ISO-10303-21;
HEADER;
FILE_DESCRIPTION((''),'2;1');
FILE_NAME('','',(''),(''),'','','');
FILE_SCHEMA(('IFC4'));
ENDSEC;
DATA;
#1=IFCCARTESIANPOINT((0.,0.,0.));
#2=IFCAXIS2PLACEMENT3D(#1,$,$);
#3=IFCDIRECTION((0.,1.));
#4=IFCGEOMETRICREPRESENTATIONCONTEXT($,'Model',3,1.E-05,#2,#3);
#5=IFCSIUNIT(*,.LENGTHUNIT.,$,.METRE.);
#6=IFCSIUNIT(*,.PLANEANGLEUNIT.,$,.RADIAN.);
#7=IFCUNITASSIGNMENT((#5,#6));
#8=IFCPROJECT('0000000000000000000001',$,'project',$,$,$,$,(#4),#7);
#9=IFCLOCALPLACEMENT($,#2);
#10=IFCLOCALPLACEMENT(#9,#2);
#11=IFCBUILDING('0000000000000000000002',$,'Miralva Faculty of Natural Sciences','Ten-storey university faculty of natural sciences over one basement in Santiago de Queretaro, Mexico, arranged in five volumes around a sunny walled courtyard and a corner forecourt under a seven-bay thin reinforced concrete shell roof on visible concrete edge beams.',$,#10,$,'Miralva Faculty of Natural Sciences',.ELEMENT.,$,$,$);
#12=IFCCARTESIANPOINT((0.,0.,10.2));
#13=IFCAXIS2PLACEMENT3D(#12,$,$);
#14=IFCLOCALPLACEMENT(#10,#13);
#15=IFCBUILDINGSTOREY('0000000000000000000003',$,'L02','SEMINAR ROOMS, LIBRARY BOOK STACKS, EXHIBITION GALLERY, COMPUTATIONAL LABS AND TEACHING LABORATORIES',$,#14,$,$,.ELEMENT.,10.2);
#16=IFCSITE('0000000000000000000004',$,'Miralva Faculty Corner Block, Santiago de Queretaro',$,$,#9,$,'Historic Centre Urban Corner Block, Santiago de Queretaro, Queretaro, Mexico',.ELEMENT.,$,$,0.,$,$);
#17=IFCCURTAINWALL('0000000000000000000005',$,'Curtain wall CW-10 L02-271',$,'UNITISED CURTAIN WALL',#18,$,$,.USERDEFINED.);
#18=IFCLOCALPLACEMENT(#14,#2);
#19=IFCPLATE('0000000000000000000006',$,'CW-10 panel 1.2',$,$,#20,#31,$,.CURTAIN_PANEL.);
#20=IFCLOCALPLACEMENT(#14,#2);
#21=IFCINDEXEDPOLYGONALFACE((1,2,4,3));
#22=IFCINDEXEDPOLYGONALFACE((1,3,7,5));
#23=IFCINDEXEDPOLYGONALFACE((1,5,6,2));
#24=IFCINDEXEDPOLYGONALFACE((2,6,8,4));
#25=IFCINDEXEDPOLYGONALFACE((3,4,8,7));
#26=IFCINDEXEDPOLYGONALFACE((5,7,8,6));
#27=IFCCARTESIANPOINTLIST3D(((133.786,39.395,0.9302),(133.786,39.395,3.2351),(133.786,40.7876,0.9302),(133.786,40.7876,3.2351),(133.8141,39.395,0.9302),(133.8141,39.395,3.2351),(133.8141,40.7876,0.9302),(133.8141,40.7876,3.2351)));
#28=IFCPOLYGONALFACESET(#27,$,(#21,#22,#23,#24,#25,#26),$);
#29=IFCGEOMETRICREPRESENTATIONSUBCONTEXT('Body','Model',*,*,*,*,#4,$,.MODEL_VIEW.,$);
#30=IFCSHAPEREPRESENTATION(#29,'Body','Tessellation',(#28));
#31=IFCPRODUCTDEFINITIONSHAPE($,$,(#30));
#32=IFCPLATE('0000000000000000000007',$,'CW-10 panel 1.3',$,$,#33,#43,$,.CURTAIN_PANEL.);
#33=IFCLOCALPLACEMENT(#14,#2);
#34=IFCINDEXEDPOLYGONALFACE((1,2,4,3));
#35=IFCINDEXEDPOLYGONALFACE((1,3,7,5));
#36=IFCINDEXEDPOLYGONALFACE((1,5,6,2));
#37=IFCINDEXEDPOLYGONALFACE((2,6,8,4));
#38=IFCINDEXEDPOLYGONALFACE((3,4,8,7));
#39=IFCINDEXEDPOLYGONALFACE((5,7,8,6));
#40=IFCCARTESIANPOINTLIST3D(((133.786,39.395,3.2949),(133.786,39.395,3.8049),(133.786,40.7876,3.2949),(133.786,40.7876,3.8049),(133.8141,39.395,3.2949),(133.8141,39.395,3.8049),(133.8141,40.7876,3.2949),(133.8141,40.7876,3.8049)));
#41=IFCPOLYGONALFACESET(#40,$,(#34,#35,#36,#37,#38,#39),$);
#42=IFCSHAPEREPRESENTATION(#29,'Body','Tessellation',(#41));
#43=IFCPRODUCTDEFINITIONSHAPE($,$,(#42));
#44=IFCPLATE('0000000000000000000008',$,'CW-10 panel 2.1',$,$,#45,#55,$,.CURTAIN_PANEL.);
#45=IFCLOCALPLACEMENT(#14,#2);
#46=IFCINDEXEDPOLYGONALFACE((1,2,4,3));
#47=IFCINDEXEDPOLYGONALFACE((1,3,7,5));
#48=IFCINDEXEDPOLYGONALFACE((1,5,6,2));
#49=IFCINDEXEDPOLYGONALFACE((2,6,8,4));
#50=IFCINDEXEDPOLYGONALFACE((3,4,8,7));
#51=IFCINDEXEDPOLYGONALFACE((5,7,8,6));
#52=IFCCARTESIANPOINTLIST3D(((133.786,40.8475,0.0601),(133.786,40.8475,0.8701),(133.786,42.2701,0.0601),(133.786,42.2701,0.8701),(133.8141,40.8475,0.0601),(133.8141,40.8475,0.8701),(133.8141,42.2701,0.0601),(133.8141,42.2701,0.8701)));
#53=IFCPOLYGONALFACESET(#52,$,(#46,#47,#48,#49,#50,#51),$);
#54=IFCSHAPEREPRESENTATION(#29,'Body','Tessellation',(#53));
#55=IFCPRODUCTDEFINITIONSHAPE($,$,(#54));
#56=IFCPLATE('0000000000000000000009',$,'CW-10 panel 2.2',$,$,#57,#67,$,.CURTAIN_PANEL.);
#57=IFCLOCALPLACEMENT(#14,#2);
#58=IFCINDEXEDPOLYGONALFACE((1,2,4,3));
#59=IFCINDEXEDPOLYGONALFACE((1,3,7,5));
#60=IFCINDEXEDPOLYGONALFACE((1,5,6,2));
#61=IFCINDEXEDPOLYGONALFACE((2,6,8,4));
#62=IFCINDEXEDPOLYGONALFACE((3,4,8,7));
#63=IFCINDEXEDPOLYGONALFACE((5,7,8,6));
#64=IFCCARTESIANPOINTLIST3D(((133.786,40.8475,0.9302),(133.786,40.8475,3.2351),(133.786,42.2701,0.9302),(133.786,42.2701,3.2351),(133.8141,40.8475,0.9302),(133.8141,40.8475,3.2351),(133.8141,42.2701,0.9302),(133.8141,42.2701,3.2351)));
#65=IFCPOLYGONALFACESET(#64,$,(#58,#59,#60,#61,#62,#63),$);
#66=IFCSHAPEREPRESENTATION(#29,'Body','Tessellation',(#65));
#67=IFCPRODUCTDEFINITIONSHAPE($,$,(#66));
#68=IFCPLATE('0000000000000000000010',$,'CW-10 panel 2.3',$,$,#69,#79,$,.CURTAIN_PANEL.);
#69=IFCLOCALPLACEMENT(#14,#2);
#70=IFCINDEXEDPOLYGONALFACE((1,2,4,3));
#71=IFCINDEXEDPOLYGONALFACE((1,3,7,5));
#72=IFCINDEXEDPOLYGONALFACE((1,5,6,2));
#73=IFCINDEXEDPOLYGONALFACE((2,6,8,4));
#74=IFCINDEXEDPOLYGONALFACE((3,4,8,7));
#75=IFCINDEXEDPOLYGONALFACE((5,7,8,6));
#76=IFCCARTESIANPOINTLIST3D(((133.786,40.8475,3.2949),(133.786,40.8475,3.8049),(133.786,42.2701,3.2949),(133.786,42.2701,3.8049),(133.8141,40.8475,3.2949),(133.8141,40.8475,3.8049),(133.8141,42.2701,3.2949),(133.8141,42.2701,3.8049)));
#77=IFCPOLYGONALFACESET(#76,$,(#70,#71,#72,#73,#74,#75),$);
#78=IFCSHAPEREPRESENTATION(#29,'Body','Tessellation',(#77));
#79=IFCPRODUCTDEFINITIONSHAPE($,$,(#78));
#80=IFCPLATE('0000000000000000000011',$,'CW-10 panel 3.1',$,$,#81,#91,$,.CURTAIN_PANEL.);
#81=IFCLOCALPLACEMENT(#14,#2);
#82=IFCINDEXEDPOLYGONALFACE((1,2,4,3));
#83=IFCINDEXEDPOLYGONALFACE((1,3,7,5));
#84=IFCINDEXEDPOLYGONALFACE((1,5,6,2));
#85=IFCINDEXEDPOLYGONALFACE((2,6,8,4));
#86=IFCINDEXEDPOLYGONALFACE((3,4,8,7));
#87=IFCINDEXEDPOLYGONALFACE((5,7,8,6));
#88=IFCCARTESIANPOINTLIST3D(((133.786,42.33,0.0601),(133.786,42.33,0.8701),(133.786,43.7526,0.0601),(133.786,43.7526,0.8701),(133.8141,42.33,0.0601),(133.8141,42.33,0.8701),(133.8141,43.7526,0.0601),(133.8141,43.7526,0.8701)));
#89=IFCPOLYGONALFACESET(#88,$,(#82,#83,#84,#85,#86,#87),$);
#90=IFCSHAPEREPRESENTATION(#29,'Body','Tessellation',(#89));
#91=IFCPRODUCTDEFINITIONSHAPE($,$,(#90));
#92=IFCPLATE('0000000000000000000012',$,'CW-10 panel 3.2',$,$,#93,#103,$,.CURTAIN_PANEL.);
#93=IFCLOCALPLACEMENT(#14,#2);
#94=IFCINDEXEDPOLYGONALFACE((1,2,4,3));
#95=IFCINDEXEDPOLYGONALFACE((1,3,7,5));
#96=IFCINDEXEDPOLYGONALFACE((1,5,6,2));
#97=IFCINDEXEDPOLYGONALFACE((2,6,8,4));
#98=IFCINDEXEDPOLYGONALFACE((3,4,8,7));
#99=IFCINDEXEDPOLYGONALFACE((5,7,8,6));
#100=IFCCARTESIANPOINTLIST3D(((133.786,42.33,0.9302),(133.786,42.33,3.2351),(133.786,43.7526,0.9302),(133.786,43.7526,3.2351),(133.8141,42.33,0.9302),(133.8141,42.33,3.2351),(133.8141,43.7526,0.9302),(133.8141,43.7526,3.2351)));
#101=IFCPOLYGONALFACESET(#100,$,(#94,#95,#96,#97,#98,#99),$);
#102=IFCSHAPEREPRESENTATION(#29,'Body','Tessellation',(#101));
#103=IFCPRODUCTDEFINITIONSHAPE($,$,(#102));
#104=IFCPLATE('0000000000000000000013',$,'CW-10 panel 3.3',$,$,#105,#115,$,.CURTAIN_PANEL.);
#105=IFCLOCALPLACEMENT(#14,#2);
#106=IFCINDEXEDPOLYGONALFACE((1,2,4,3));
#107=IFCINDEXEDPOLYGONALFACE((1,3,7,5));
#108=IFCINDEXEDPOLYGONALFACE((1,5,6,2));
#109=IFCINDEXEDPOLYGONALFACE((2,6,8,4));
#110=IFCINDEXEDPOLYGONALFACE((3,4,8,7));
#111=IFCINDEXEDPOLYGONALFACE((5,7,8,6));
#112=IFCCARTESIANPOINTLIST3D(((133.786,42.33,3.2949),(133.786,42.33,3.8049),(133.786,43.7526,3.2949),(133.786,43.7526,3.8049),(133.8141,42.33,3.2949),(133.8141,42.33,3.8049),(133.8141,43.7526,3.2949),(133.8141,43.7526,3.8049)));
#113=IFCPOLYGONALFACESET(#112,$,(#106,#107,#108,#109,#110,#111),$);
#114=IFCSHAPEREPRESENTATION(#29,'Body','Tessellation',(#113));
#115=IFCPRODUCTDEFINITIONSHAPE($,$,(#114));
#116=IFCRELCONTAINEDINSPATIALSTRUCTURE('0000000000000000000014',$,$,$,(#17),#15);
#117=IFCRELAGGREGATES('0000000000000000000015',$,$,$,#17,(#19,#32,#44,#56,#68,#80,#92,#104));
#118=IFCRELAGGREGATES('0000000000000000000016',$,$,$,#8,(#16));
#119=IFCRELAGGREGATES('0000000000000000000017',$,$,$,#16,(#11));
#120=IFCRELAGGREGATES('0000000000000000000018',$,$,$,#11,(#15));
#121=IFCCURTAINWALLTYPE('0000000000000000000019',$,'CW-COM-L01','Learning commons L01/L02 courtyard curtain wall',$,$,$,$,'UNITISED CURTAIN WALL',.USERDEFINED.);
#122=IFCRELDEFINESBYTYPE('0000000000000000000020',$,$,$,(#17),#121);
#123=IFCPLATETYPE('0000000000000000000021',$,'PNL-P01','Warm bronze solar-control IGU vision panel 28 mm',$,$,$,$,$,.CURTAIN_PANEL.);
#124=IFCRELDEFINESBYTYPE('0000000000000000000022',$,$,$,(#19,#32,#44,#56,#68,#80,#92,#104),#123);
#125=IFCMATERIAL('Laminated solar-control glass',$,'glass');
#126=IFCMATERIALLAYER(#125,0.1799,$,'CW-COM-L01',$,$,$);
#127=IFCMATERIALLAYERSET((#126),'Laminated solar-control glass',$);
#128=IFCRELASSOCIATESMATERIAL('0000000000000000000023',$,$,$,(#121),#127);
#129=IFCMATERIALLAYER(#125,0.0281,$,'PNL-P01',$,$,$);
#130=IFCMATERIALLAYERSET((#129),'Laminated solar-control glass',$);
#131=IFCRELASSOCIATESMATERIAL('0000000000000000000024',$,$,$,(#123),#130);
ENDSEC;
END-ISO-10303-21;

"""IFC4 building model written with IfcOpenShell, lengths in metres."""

from ifc_helpers import new_model, si_unit, direction, frame, origin, origin_2d, place, context, subcontext, project, spatial, rectangle, extrude, material, layer, layer_set, type_object, element, aggregate, save


model = new_model("IFC4")

# Units and contexts
model_context = context("Model", 3, precision=1e-05, world=origin(), true_north=direction((0.0, 1.0)))
body_context = subcontext(model_context, "Body", "Model", "MODEL_VIEW")
ifc_project = project(units=[si_unit("LENGTHUNIT", "METRE"), si_unit("PLANEANGLEUNIT", "RADIAN")], contexts=[model_context])

# Site, building, storey
site_placement = place(None, origin())
site = spatial("IfcSite", under=ifc_project, at=site_placement, Name="Miralva Faculty Corner Block, Santiago de Queretaro", LongName="Historic Centre Urban Corner Block, Santiago de Queretaro, Queretaro, Mexico", CompositionType="ELEMENT", RefElevation=0.0)
building_placement = place(site_placement, origin())
building = spatial("IfcBuilding", under=site, at=building_placement, Name="Miralva Faculty of Natural Sciences", Description="Ten-storey university faculty of natural sciences over one basement in Santiago de Queretaro, Mexico, arranged in five volumes around a sunny walled courtyard and a corner forecourt under a seven-bay thin reinforced concrete shell roof on visible concrete edge beams.", LongName="Miralva Faculty of Natural Sciences", CompositionType="ELEMENT")
storey_placement = place(building_placement, frame((0.0, 0.0, 10.2)))
storey = spatial("IfcBuildingStorey", under=building, at=storey_placement, Name="L02", Description="SEMINAR ROOMS, LIBRARY BOOK STACKS, EXHIBITION GALLERY, COMPUTATIONAL LABS AND TEACHING LABORATORIES", CompositionType="ELEMENT", Elevation=10.2)

# Curtain wall
ifc_material_1 = material(Name="Laminated solar-control glass", Category="glass")
ifc_layer_1 = layer(ifc_material_1, 0.1799, Name="CW-COM-L01")
ifc_layer_set_1 = layer_set([ifc_layer_1], Name="Laminated solar-control glass")
curtain_wall_type = type_object("IfcCurtainWallType", Name="CW-COM-L01", Description="Learning commons L01/L02 courtyard curtain wall", ElementType="UNITISED CURTAIN WALL", PredefinedType="USERDEFINED", material=ifc_layer_set_1)
curtain_wall_1_placement = place(storey_placement, origin())
curtain_wall_1 = element("IfcCurtainWall", 1, at=curtain_wall_1_placement, inside=storey, type_object=curtain_wall_type, Name="Curtain wall CW-10 L02-271", ObjectType="UNITISED CURTAIN WALL", PredefinedType="USERDEFINED")

# Plates
ifc_layer_2 = layer(ifc_material_1, 0.0281, Name="PNL-P01")
ifc_layer_set_2 = layer_set([ifc_layer_2], Name="Laminated solar-control glass")
plate_type = type_object("IfcPlateType", Name="PNL-P01", Description="Warm bronze solar-control IGU vision panel 28 mm", PredefinedType="CURTAIN_PANEL", material=ifc_layer_set_2)
plate_1_placement = place(storey_placement, frame((133.8, 40.0913, 0.9302), z_axis=(0.0, 0.0, 1.0), x_axis=(0.0, 1.0, 0.0)))
plate_1 = element("IfcPlate", 2, at=plate_1_placement, type_object=plate_type, Name="CW-10 panel 1.2", PredefinedType="CURTAIN_PANEL", context=body_context, shape_type="SweptSolid", body=[
    extrude(rectangle(XDim=1.3926, YDim=0.0281, at=origin_2d()), origin(), (0.0, 0.0, 1.0), 2.3049),
])
plate_2_placement = place(storey_placement, frame((133.8, 40.0913, 3.2949), z_axis=(0.0, 0.0, 1.0), x_axis=(0.0, 1.0, 0.0)))
plate_2 = element("IfcPlate", 3, at=plate_2_placement, type_object=plate_type, Name="CW-10 panel 1.3", PredefinedType="CURTAIN_PANEL", context=body_context, shape_type="SweptSolid", body=[
    extrude(rectangle(XDim=1.3926, YDim=0.0281, at=origin_2d()), origin(), (0.0, 0.0, 1.0), 0.51),
])
plate_3_placement = place(storey_placement, frame((133.8, 41.5588, 0.0601), z_axis=(0.0, 0.0, 1.0), x_axis=(0.0, 1.0, 0.0)))
plate_3 = element("IfcPlate", 4, at=plate_3_placement, type_object=plate_type, Name="CW-10 panel 2.1", PredefinedType="CURTAIN_PANEL", context=body_context, shape_type="SweptSolid", body=[
    extrude(rectangle(XDim=1.4226, YDim=0.0281, at=origin_2d()), origin(), (0.0, 0.0, 1.0), 0.8101),
])
plate_4_placement = place(storey_placement, frame((133.8, 41.5588, 0.9302), z_axis=(0.0, 0.0, 1.0), x_axis=(0.0, 1.0, 0.0)))
plate_4 = element("IfcPlate", 5, at=plate_4_placement, type_object=plate_type, Name="CW-10 panel 2.2", PredefinedType="CURTAIN_PANEL", context=body_context, shape_type="SweptSolid", body=[
    extrude(rectangle(XDim=1.4226, YDim=0.0281, at=origin_2d()), origin(), (0.0, 0.0, 1.0), 2.3049),
])
plate_5_placement = place(storey_placement, frame((133.8, 41.5588, 3.2949), z_axis=(0.0, 0.0, 1.0), x_axis=(0.0, 1.0, 0.0)))
plate_5 = element("IfcPlate", 6, at=plate_5_placement, type_object=plate_type, Name="CW-10 panel 2.3", PredefinedType="CURTAIN_PANEL", context=body_context, shape_type="SweptSolid", body=[
    extrude(rectangle(XDim=1.4226, YDim=0.0281, at=origin_2d()), origin(), (0.0, 0.0, 1.0), 0.51),
])
plate_6_placement = place(storey_placement, frame((133.8, 43.0413, 0.0601), z_axis=(0.0, 0.0, 1.0), x_axis=(0.0, 1.0, 0.0)))
plate_6 = element("IfcPlate", 7, at=plate_6_placement, type_object=plate_type, Name="CW-10 panel 3.1", PredefinedType="CURTAIN_PANEL", context=body_context, shape_type="SweptSolid", body=[
    extrude(rectangle(XDim=1.4226, YDim=0.0281, at=origin_2d()), origin(), (0.0, 0.0, 1.0), 0.8101),
])
plate_7_placement = place(storey_placement, frame((133.8, 43.0413, 0.9302), z_axis=(0.0, 0.0, 1.0), x_axis=(0.0, 1.0, 0.0)))
plate_7 = element("IfcPlate", 8, at=plate_7_placement, type_object=plate_type, Name="CW-10 panel 3.2", PredefinedType="CURTAIN_PANEL", context=body_context, shape_type="SweptSolid", body=[
    extrude(rectangle(XDim=1.4226, YDim=0.0281, at=origin_2d()), origin(), (0.0, 0.0, 1.0), 2.3049),
])
plate_8_placement = place(storey_placement, frame((133.8, 43.0413, 3.2949), z_axis=(0.0, 0.0, 1.0), x_axis=(0.0, 1.0, 0.0)))
plate_8 = element("IfcPlate", 9, at=plate_8_placement, type_object=plate_type, Name="CW-10 panel 3.3", PredefinedType="CURTAIN_PANEL", context=body_context, shape_type="SweptSolid", body=[
    extrude(rectangle(XDim=1.4226, YDim=0.0281, at=origin_2d()), origin(), (0.0, 0.0, 1.0), 0.51),
])
aggregate(curtain_wall_1, [plate_1, plate_2, plate_3, plate_4, plate_5, plate_6, plate_7, plate_8])

save(model, "model.ifc")
